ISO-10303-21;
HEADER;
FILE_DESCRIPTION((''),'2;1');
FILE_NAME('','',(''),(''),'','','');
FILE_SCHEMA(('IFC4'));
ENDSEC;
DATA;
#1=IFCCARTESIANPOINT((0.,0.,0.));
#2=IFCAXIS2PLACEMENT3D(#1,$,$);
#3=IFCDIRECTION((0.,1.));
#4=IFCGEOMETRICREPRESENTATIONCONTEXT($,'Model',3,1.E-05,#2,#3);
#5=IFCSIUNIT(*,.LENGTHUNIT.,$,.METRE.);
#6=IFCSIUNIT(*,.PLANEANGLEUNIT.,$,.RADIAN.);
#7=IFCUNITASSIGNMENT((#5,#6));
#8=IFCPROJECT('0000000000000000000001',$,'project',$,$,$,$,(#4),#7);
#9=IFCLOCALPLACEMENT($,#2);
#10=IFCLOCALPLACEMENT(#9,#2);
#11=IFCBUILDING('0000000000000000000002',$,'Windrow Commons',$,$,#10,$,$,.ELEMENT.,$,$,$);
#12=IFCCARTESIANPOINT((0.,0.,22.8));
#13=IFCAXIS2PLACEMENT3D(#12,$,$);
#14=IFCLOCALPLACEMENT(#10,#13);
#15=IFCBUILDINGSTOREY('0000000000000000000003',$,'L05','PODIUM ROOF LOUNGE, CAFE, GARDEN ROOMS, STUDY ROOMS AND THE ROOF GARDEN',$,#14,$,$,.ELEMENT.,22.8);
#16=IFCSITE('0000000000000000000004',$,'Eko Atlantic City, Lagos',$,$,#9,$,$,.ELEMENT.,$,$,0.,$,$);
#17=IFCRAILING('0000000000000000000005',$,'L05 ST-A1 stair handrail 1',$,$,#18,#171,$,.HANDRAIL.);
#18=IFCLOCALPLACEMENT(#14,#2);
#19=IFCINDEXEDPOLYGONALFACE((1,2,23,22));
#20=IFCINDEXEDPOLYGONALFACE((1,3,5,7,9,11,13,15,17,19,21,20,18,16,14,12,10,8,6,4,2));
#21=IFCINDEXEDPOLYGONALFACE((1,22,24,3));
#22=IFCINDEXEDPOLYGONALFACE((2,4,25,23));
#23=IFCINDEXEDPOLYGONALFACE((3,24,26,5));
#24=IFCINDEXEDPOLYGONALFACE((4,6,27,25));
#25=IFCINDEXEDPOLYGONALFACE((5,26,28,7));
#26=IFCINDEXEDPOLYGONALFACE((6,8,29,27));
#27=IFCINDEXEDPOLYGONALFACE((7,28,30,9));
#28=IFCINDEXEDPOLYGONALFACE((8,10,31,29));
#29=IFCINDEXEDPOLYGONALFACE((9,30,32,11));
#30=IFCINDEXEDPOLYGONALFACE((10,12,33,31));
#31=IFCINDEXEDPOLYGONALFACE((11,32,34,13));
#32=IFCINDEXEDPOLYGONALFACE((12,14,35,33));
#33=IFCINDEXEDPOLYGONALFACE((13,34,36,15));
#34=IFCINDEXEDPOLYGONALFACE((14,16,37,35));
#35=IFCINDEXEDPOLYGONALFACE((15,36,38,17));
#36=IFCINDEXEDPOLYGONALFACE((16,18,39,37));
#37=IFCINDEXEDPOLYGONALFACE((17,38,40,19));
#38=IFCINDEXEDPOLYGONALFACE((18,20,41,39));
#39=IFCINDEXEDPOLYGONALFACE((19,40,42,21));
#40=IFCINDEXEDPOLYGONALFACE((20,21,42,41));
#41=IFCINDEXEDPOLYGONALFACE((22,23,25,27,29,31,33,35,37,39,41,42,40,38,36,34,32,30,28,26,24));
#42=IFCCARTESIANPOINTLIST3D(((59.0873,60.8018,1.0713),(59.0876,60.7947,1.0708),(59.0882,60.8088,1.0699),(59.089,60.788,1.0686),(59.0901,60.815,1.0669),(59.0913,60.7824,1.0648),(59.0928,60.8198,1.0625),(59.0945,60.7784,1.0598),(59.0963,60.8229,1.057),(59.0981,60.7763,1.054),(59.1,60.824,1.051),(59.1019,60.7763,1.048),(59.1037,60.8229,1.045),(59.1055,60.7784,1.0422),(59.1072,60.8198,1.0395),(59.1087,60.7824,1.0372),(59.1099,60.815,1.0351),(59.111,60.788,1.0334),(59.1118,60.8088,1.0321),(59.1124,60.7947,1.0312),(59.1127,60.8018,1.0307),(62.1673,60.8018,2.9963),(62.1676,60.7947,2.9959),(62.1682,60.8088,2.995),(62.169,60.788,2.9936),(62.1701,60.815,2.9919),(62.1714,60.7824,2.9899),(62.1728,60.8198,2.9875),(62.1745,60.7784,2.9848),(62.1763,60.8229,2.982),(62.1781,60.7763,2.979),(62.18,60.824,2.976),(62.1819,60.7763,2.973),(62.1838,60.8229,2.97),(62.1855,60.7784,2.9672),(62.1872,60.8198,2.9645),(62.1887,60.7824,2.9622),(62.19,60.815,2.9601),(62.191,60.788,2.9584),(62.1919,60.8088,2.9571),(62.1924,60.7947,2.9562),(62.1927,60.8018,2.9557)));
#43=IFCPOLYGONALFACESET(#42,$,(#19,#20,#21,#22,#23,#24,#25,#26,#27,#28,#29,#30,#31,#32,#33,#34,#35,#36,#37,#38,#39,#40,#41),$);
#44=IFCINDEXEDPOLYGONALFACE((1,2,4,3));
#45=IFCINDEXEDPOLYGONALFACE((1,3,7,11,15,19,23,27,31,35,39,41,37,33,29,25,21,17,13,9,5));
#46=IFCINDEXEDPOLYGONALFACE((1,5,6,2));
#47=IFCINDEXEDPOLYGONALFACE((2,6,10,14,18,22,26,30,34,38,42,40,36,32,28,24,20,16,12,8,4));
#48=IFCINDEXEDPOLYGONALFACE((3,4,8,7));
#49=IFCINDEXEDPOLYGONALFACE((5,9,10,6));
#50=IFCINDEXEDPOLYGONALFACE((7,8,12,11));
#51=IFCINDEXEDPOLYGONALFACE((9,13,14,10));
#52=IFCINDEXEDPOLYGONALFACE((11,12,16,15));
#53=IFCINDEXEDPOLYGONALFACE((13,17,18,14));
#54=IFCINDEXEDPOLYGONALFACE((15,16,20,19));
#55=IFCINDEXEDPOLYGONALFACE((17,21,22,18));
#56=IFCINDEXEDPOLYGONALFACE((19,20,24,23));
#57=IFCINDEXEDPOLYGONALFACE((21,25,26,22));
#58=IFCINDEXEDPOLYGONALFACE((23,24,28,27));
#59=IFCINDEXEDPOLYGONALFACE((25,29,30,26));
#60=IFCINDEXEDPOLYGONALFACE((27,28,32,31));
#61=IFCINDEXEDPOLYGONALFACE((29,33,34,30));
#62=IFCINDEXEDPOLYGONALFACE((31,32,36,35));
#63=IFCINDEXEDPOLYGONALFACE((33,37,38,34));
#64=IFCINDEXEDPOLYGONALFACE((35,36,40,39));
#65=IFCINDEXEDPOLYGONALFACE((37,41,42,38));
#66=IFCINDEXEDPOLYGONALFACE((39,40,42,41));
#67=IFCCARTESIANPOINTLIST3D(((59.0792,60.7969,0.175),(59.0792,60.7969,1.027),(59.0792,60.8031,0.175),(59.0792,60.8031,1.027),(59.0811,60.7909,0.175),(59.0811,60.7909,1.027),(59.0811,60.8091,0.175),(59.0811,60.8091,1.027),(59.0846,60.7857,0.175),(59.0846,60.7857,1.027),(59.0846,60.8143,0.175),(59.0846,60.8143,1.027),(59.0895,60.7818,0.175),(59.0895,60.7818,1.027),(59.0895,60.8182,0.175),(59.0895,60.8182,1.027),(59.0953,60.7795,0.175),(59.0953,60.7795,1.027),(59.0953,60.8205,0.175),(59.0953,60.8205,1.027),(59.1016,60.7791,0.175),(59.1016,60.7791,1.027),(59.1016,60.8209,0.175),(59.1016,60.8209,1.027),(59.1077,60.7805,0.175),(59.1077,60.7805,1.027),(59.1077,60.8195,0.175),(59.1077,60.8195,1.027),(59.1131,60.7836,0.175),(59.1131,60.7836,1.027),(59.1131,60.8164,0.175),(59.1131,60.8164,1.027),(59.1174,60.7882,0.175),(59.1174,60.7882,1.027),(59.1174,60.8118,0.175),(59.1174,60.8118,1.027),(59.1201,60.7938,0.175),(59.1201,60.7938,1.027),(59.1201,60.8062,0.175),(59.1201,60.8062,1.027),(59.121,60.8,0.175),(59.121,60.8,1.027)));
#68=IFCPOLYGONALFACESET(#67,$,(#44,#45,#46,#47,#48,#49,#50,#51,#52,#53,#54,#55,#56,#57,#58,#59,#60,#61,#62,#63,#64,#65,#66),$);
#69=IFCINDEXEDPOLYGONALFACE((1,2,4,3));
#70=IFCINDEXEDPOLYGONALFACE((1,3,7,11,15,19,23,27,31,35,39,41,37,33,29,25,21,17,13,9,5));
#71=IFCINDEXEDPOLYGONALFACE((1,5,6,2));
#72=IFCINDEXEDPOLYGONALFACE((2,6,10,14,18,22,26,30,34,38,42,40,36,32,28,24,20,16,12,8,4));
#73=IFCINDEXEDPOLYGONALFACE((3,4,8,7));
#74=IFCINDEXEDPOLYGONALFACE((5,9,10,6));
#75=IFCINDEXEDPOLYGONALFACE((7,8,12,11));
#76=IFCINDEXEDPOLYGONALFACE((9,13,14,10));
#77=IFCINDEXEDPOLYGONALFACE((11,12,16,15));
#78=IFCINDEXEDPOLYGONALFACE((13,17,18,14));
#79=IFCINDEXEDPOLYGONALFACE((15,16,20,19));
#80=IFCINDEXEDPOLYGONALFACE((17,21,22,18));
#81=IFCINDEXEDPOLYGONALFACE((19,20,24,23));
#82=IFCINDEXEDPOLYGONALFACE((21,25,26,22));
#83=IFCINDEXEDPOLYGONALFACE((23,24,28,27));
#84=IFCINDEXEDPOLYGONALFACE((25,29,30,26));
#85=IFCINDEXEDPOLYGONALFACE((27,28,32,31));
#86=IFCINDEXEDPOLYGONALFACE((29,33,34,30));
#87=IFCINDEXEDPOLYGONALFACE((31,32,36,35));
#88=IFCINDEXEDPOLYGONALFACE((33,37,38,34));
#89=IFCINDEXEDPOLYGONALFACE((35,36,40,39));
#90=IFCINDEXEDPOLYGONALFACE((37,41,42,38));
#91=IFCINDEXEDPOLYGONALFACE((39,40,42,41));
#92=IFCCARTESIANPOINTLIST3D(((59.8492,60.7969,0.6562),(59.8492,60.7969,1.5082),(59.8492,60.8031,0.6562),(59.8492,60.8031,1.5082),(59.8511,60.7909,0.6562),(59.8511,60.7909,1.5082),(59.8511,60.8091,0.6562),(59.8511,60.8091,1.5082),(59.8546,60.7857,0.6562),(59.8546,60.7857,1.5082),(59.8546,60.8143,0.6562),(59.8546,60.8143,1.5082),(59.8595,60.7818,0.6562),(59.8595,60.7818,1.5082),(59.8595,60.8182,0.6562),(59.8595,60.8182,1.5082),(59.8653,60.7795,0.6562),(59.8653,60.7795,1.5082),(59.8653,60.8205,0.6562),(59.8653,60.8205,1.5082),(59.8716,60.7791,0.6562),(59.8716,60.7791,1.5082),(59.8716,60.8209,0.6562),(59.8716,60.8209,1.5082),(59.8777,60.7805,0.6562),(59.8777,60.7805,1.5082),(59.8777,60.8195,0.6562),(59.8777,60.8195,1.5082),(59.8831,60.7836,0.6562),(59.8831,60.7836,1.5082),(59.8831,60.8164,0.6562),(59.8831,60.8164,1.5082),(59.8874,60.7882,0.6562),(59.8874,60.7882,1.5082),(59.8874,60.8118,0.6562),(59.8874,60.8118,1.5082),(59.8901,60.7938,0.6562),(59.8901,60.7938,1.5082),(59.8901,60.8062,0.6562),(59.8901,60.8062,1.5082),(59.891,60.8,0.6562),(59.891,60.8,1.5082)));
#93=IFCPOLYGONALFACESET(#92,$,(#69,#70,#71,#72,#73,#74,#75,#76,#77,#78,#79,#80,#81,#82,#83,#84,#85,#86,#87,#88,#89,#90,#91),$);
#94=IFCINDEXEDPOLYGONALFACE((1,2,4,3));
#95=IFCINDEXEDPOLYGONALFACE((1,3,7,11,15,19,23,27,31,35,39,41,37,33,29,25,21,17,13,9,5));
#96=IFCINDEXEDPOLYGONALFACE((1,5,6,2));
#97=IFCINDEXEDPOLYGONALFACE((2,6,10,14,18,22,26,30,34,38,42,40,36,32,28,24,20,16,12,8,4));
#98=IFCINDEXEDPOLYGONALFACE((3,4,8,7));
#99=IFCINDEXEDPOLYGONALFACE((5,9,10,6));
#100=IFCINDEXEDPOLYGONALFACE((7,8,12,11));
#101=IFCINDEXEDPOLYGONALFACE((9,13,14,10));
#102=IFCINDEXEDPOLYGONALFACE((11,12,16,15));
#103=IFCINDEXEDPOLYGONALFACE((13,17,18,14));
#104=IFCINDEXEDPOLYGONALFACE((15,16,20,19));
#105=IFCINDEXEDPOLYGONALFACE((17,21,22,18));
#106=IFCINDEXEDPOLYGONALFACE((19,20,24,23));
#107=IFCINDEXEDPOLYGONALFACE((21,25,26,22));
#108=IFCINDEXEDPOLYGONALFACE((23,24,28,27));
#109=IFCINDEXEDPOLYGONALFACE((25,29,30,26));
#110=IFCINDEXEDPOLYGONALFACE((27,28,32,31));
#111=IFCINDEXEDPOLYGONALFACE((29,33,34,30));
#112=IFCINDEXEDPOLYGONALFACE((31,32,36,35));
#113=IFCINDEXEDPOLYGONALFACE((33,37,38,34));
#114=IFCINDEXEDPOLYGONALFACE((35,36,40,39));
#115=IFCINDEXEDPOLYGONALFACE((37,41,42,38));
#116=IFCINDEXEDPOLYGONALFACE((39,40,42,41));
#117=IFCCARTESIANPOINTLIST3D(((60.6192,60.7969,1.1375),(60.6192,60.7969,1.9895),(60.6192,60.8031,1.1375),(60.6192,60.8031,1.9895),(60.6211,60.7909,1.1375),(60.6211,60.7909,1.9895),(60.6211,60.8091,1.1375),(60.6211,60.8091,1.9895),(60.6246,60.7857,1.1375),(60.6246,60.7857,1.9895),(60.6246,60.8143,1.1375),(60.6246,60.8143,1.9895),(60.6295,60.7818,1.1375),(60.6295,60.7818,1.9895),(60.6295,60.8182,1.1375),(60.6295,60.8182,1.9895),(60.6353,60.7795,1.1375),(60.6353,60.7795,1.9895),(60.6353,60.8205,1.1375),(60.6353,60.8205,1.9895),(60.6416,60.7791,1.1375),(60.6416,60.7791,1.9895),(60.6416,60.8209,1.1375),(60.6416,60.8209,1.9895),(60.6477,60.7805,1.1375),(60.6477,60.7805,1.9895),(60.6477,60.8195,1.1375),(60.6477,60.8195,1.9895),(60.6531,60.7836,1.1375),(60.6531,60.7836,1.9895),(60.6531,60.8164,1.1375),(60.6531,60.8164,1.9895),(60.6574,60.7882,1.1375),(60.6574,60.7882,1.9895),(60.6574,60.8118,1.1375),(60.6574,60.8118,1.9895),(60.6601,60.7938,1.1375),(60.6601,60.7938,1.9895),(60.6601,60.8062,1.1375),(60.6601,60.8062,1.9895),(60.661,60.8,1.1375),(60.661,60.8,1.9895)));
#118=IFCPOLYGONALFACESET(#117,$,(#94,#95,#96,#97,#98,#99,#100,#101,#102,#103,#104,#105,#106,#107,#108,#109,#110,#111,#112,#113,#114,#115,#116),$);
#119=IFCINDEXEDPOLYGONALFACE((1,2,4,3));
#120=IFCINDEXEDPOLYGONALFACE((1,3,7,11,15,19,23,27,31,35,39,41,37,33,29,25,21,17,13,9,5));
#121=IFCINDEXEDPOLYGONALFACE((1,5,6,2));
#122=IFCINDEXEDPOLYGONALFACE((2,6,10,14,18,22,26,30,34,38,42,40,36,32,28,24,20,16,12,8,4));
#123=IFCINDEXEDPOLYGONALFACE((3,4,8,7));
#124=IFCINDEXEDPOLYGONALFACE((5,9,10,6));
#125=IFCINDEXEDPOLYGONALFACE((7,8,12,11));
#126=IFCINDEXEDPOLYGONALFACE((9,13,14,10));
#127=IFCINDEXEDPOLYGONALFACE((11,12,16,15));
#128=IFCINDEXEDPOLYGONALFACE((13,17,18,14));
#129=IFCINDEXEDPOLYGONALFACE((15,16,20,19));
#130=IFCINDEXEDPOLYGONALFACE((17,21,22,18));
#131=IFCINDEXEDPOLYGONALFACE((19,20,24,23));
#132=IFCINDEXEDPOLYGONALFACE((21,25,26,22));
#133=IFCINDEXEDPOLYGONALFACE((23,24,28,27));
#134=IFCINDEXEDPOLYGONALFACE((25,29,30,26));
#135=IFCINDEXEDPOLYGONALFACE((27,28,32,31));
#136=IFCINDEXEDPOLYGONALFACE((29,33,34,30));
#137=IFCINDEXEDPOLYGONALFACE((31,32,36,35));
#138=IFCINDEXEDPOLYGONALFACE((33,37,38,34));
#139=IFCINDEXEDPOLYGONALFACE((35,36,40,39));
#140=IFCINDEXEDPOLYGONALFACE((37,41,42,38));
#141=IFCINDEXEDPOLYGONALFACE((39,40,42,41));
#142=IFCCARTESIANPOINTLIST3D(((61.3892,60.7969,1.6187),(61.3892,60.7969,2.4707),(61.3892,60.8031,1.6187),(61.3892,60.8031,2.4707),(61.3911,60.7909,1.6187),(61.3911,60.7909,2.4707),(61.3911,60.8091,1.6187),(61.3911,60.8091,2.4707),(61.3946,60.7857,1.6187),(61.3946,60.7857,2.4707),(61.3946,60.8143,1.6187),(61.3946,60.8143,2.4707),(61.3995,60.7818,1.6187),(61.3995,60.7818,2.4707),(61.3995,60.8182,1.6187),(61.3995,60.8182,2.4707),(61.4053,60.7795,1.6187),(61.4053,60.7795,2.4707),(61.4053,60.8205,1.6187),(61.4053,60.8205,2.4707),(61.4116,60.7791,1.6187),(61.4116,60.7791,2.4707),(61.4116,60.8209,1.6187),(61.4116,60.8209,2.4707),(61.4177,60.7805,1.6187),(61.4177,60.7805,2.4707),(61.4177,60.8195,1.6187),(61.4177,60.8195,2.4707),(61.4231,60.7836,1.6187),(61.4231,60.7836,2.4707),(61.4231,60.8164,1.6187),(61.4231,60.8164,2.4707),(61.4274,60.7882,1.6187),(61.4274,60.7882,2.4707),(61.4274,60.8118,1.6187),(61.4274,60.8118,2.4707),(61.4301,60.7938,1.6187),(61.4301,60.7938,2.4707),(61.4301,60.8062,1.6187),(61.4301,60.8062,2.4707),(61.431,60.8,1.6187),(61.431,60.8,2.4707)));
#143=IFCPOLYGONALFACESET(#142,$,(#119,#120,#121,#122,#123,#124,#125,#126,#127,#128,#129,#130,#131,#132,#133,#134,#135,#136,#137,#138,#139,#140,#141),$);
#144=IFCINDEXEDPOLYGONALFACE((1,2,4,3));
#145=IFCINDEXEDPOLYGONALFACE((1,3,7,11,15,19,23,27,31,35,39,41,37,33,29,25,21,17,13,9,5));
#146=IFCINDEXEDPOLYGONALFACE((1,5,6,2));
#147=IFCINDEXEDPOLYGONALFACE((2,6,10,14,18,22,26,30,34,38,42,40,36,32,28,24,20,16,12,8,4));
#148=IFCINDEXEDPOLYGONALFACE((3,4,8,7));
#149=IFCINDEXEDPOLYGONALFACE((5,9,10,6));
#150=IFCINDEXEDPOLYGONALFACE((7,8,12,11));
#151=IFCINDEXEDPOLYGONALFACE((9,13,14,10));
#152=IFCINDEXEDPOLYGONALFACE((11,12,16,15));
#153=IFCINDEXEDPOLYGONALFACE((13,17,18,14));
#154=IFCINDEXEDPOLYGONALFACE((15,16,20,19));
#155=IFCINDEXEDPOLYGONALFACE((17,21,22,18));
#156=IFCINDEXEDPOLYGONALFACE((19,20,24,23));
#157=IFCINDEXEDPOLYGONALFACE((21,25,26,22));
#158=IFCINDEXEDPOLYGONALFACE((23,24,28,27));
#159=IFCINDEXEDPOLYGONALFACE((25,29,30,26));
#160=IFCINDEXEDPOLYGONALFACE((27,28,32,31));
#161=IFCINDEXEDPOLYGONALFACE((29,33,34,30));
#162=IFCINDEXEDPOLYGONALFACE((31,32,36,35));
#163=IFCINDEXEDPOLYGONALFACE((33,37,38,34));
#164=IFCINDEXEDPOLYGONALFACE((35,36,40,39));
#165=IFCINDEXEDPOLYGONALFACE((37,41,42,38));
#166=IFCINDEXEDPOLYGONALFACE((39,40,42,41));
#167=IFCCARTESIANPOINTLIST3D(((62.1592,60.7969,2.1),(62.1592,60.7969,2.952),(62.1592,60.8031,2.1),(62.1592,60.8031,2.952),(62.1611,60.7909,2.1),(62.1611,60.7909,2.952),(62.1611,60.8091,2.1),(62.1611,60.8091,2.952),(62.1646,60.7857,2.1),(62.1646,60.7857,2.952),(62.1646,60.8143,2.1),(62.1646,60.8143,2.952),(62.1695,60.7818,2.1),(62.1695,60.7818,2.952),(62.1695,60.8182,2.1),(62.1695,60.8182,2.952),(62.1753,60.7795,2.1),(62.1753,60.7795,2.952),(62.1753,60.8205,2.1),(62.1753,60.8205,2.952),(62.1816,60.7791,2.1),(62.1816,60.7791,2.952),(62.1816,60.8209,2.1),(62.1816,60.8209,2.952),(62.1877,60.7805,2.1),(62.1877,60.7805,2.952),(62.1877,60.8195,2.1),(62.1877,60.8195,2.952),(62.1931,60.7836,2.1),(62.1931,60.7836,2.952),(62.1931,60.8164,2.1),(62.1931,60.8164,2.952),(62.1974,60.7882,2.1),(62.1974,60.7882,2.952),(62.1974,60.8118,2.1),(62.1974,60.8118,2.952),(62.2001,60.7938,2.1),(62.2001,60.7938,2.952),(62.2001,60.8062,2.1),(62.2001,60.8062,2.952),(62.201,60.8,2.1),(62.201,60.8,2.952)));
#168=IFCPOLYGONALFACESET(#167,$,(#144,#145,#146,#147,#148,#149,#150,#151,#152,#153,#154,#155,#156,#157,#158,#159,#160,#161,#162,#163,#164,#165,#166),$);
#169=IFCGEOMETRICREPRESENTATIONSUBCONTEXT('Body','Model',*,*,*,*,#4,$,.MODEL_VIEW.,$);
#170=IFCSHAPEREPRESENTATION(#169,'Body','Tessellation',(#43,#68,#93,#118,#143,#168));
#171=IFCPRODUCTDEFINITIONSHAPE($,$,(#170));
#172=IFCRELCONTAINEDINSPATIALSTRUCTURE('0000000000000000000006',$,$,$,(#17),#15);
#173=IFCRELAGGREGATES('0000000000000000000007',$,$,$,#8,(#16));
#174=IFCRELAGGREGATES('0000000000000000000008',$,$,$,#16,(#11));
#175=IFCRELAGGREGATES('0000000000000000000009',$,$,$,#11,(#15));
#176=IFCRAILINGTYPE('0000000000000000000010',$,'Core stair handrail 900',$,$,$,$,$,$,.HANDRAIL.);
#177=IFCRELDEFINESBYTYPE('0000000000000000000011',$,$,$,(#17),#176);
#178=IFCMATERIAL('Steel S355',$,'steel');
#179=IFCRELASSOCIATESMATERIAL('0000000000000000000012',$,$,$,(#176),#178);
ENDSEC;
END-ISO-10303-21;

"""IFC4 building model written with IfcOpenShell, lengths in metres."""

from ifc_helpers import new_model, si_unit, direction, frame, origin, origin_2d, place, context, subcontext, project, spatial, circle, extrude, material, type_object, element, save


model = new_model("IFC4")

# Units and contexts
model_context = context("Model", 3, precision=1e-05, world=origin(), true_north=direction((0.0, 1.0)))
body_context = subcontext(model_context, "Body", "Model", "MODEL_VIEW")
ifc_project = project(units=[si_unit("LENGTHUNIT", "METRE"), si_unit("PLANEANGLEUNIT", "RADIAN")], contexts=[model_context])

# Site, building, storey
site_placement = place(None, origin())
site = spatial("IfcSite", under=ifc_project, at=site_placement, Name="Eko Atlantic City, Lagos", CompositionType="ELEMENT", RefElevation=0.0)
building_placement = place(site_placement, origin())
building = spatial("IfcBuilding", under=site, at=building_placement, Name="Windrow Commons", CompositionType="ELEMENT")
storey_placement = place(building_placement, frame((0.0, 0.0, 22.8)))
storey = spatial("IfcBuildingStorey", under=building, at=storey_placement, Name="L05", Description="PODIUM ROOF LOUNGE, CAFE, GARDEN ROOMS, STUDY ROOMS AND THE ROOF GARDEN", CompositionType="ELEMENT", Elevation=22.8)

# Railing
ifc_material_1 = material(Name="Steel S355", Category="steel")
railing_type_1 = type_object("IfcRailingType", Name="Core stair handrail 900", PredefinedType="HANDRAIL", material=ifc_material_1)
railing_1_placement = place(storey_placement, frame((59.1, 60.8, 0.175)))
element("IfcRailing", 1, at=railing_1_placement, inside=storey, type_object=railing_type_1, Name="L05 ST-A1 stair handrail 1", PredefinedType="HANDRAIL", context=body_context, shape_type="SweptSolid", body=[
    extrude(circle(Radius=0.024, at=origin_2d()), frame((0.0, 0.0, 0.876), z_axis=(0.847998, 0.0, 0.529999), x_axis=(0.0, 1.0, 0.0)), (0.0, 0.0, 1.0), 3.6321),
    extrude(circle(Radius=0.021, at=origin_2d()), origin(), (0.0, 0.0, 1.0), 0.852),
    extrude(circle(Radius=0.021, at=origin_2d()), frame((0.77, 0.0, 0.4812)), (0.0, 0.0, 1.0), 0.852),
    extrude(circle(Radius=0.021, at=origin_2d()), frame((1.54, 0.0, 0.9625)), (0.0, 0.0, 1.0), 0.852),
    extrude(circle(Radius=0.021, at=origin_2d()), frame((2.31, 0.0, 1.4437)), (0.0, 0.0, 1.0), 0.852),
    extrude(circle(Radius=0.021, at=origin_2d()), frame((3.08, 0.0, 1.925)), (0.0, 0.0, 1.0), 0.852),
])

save(model, "model.ifc")
